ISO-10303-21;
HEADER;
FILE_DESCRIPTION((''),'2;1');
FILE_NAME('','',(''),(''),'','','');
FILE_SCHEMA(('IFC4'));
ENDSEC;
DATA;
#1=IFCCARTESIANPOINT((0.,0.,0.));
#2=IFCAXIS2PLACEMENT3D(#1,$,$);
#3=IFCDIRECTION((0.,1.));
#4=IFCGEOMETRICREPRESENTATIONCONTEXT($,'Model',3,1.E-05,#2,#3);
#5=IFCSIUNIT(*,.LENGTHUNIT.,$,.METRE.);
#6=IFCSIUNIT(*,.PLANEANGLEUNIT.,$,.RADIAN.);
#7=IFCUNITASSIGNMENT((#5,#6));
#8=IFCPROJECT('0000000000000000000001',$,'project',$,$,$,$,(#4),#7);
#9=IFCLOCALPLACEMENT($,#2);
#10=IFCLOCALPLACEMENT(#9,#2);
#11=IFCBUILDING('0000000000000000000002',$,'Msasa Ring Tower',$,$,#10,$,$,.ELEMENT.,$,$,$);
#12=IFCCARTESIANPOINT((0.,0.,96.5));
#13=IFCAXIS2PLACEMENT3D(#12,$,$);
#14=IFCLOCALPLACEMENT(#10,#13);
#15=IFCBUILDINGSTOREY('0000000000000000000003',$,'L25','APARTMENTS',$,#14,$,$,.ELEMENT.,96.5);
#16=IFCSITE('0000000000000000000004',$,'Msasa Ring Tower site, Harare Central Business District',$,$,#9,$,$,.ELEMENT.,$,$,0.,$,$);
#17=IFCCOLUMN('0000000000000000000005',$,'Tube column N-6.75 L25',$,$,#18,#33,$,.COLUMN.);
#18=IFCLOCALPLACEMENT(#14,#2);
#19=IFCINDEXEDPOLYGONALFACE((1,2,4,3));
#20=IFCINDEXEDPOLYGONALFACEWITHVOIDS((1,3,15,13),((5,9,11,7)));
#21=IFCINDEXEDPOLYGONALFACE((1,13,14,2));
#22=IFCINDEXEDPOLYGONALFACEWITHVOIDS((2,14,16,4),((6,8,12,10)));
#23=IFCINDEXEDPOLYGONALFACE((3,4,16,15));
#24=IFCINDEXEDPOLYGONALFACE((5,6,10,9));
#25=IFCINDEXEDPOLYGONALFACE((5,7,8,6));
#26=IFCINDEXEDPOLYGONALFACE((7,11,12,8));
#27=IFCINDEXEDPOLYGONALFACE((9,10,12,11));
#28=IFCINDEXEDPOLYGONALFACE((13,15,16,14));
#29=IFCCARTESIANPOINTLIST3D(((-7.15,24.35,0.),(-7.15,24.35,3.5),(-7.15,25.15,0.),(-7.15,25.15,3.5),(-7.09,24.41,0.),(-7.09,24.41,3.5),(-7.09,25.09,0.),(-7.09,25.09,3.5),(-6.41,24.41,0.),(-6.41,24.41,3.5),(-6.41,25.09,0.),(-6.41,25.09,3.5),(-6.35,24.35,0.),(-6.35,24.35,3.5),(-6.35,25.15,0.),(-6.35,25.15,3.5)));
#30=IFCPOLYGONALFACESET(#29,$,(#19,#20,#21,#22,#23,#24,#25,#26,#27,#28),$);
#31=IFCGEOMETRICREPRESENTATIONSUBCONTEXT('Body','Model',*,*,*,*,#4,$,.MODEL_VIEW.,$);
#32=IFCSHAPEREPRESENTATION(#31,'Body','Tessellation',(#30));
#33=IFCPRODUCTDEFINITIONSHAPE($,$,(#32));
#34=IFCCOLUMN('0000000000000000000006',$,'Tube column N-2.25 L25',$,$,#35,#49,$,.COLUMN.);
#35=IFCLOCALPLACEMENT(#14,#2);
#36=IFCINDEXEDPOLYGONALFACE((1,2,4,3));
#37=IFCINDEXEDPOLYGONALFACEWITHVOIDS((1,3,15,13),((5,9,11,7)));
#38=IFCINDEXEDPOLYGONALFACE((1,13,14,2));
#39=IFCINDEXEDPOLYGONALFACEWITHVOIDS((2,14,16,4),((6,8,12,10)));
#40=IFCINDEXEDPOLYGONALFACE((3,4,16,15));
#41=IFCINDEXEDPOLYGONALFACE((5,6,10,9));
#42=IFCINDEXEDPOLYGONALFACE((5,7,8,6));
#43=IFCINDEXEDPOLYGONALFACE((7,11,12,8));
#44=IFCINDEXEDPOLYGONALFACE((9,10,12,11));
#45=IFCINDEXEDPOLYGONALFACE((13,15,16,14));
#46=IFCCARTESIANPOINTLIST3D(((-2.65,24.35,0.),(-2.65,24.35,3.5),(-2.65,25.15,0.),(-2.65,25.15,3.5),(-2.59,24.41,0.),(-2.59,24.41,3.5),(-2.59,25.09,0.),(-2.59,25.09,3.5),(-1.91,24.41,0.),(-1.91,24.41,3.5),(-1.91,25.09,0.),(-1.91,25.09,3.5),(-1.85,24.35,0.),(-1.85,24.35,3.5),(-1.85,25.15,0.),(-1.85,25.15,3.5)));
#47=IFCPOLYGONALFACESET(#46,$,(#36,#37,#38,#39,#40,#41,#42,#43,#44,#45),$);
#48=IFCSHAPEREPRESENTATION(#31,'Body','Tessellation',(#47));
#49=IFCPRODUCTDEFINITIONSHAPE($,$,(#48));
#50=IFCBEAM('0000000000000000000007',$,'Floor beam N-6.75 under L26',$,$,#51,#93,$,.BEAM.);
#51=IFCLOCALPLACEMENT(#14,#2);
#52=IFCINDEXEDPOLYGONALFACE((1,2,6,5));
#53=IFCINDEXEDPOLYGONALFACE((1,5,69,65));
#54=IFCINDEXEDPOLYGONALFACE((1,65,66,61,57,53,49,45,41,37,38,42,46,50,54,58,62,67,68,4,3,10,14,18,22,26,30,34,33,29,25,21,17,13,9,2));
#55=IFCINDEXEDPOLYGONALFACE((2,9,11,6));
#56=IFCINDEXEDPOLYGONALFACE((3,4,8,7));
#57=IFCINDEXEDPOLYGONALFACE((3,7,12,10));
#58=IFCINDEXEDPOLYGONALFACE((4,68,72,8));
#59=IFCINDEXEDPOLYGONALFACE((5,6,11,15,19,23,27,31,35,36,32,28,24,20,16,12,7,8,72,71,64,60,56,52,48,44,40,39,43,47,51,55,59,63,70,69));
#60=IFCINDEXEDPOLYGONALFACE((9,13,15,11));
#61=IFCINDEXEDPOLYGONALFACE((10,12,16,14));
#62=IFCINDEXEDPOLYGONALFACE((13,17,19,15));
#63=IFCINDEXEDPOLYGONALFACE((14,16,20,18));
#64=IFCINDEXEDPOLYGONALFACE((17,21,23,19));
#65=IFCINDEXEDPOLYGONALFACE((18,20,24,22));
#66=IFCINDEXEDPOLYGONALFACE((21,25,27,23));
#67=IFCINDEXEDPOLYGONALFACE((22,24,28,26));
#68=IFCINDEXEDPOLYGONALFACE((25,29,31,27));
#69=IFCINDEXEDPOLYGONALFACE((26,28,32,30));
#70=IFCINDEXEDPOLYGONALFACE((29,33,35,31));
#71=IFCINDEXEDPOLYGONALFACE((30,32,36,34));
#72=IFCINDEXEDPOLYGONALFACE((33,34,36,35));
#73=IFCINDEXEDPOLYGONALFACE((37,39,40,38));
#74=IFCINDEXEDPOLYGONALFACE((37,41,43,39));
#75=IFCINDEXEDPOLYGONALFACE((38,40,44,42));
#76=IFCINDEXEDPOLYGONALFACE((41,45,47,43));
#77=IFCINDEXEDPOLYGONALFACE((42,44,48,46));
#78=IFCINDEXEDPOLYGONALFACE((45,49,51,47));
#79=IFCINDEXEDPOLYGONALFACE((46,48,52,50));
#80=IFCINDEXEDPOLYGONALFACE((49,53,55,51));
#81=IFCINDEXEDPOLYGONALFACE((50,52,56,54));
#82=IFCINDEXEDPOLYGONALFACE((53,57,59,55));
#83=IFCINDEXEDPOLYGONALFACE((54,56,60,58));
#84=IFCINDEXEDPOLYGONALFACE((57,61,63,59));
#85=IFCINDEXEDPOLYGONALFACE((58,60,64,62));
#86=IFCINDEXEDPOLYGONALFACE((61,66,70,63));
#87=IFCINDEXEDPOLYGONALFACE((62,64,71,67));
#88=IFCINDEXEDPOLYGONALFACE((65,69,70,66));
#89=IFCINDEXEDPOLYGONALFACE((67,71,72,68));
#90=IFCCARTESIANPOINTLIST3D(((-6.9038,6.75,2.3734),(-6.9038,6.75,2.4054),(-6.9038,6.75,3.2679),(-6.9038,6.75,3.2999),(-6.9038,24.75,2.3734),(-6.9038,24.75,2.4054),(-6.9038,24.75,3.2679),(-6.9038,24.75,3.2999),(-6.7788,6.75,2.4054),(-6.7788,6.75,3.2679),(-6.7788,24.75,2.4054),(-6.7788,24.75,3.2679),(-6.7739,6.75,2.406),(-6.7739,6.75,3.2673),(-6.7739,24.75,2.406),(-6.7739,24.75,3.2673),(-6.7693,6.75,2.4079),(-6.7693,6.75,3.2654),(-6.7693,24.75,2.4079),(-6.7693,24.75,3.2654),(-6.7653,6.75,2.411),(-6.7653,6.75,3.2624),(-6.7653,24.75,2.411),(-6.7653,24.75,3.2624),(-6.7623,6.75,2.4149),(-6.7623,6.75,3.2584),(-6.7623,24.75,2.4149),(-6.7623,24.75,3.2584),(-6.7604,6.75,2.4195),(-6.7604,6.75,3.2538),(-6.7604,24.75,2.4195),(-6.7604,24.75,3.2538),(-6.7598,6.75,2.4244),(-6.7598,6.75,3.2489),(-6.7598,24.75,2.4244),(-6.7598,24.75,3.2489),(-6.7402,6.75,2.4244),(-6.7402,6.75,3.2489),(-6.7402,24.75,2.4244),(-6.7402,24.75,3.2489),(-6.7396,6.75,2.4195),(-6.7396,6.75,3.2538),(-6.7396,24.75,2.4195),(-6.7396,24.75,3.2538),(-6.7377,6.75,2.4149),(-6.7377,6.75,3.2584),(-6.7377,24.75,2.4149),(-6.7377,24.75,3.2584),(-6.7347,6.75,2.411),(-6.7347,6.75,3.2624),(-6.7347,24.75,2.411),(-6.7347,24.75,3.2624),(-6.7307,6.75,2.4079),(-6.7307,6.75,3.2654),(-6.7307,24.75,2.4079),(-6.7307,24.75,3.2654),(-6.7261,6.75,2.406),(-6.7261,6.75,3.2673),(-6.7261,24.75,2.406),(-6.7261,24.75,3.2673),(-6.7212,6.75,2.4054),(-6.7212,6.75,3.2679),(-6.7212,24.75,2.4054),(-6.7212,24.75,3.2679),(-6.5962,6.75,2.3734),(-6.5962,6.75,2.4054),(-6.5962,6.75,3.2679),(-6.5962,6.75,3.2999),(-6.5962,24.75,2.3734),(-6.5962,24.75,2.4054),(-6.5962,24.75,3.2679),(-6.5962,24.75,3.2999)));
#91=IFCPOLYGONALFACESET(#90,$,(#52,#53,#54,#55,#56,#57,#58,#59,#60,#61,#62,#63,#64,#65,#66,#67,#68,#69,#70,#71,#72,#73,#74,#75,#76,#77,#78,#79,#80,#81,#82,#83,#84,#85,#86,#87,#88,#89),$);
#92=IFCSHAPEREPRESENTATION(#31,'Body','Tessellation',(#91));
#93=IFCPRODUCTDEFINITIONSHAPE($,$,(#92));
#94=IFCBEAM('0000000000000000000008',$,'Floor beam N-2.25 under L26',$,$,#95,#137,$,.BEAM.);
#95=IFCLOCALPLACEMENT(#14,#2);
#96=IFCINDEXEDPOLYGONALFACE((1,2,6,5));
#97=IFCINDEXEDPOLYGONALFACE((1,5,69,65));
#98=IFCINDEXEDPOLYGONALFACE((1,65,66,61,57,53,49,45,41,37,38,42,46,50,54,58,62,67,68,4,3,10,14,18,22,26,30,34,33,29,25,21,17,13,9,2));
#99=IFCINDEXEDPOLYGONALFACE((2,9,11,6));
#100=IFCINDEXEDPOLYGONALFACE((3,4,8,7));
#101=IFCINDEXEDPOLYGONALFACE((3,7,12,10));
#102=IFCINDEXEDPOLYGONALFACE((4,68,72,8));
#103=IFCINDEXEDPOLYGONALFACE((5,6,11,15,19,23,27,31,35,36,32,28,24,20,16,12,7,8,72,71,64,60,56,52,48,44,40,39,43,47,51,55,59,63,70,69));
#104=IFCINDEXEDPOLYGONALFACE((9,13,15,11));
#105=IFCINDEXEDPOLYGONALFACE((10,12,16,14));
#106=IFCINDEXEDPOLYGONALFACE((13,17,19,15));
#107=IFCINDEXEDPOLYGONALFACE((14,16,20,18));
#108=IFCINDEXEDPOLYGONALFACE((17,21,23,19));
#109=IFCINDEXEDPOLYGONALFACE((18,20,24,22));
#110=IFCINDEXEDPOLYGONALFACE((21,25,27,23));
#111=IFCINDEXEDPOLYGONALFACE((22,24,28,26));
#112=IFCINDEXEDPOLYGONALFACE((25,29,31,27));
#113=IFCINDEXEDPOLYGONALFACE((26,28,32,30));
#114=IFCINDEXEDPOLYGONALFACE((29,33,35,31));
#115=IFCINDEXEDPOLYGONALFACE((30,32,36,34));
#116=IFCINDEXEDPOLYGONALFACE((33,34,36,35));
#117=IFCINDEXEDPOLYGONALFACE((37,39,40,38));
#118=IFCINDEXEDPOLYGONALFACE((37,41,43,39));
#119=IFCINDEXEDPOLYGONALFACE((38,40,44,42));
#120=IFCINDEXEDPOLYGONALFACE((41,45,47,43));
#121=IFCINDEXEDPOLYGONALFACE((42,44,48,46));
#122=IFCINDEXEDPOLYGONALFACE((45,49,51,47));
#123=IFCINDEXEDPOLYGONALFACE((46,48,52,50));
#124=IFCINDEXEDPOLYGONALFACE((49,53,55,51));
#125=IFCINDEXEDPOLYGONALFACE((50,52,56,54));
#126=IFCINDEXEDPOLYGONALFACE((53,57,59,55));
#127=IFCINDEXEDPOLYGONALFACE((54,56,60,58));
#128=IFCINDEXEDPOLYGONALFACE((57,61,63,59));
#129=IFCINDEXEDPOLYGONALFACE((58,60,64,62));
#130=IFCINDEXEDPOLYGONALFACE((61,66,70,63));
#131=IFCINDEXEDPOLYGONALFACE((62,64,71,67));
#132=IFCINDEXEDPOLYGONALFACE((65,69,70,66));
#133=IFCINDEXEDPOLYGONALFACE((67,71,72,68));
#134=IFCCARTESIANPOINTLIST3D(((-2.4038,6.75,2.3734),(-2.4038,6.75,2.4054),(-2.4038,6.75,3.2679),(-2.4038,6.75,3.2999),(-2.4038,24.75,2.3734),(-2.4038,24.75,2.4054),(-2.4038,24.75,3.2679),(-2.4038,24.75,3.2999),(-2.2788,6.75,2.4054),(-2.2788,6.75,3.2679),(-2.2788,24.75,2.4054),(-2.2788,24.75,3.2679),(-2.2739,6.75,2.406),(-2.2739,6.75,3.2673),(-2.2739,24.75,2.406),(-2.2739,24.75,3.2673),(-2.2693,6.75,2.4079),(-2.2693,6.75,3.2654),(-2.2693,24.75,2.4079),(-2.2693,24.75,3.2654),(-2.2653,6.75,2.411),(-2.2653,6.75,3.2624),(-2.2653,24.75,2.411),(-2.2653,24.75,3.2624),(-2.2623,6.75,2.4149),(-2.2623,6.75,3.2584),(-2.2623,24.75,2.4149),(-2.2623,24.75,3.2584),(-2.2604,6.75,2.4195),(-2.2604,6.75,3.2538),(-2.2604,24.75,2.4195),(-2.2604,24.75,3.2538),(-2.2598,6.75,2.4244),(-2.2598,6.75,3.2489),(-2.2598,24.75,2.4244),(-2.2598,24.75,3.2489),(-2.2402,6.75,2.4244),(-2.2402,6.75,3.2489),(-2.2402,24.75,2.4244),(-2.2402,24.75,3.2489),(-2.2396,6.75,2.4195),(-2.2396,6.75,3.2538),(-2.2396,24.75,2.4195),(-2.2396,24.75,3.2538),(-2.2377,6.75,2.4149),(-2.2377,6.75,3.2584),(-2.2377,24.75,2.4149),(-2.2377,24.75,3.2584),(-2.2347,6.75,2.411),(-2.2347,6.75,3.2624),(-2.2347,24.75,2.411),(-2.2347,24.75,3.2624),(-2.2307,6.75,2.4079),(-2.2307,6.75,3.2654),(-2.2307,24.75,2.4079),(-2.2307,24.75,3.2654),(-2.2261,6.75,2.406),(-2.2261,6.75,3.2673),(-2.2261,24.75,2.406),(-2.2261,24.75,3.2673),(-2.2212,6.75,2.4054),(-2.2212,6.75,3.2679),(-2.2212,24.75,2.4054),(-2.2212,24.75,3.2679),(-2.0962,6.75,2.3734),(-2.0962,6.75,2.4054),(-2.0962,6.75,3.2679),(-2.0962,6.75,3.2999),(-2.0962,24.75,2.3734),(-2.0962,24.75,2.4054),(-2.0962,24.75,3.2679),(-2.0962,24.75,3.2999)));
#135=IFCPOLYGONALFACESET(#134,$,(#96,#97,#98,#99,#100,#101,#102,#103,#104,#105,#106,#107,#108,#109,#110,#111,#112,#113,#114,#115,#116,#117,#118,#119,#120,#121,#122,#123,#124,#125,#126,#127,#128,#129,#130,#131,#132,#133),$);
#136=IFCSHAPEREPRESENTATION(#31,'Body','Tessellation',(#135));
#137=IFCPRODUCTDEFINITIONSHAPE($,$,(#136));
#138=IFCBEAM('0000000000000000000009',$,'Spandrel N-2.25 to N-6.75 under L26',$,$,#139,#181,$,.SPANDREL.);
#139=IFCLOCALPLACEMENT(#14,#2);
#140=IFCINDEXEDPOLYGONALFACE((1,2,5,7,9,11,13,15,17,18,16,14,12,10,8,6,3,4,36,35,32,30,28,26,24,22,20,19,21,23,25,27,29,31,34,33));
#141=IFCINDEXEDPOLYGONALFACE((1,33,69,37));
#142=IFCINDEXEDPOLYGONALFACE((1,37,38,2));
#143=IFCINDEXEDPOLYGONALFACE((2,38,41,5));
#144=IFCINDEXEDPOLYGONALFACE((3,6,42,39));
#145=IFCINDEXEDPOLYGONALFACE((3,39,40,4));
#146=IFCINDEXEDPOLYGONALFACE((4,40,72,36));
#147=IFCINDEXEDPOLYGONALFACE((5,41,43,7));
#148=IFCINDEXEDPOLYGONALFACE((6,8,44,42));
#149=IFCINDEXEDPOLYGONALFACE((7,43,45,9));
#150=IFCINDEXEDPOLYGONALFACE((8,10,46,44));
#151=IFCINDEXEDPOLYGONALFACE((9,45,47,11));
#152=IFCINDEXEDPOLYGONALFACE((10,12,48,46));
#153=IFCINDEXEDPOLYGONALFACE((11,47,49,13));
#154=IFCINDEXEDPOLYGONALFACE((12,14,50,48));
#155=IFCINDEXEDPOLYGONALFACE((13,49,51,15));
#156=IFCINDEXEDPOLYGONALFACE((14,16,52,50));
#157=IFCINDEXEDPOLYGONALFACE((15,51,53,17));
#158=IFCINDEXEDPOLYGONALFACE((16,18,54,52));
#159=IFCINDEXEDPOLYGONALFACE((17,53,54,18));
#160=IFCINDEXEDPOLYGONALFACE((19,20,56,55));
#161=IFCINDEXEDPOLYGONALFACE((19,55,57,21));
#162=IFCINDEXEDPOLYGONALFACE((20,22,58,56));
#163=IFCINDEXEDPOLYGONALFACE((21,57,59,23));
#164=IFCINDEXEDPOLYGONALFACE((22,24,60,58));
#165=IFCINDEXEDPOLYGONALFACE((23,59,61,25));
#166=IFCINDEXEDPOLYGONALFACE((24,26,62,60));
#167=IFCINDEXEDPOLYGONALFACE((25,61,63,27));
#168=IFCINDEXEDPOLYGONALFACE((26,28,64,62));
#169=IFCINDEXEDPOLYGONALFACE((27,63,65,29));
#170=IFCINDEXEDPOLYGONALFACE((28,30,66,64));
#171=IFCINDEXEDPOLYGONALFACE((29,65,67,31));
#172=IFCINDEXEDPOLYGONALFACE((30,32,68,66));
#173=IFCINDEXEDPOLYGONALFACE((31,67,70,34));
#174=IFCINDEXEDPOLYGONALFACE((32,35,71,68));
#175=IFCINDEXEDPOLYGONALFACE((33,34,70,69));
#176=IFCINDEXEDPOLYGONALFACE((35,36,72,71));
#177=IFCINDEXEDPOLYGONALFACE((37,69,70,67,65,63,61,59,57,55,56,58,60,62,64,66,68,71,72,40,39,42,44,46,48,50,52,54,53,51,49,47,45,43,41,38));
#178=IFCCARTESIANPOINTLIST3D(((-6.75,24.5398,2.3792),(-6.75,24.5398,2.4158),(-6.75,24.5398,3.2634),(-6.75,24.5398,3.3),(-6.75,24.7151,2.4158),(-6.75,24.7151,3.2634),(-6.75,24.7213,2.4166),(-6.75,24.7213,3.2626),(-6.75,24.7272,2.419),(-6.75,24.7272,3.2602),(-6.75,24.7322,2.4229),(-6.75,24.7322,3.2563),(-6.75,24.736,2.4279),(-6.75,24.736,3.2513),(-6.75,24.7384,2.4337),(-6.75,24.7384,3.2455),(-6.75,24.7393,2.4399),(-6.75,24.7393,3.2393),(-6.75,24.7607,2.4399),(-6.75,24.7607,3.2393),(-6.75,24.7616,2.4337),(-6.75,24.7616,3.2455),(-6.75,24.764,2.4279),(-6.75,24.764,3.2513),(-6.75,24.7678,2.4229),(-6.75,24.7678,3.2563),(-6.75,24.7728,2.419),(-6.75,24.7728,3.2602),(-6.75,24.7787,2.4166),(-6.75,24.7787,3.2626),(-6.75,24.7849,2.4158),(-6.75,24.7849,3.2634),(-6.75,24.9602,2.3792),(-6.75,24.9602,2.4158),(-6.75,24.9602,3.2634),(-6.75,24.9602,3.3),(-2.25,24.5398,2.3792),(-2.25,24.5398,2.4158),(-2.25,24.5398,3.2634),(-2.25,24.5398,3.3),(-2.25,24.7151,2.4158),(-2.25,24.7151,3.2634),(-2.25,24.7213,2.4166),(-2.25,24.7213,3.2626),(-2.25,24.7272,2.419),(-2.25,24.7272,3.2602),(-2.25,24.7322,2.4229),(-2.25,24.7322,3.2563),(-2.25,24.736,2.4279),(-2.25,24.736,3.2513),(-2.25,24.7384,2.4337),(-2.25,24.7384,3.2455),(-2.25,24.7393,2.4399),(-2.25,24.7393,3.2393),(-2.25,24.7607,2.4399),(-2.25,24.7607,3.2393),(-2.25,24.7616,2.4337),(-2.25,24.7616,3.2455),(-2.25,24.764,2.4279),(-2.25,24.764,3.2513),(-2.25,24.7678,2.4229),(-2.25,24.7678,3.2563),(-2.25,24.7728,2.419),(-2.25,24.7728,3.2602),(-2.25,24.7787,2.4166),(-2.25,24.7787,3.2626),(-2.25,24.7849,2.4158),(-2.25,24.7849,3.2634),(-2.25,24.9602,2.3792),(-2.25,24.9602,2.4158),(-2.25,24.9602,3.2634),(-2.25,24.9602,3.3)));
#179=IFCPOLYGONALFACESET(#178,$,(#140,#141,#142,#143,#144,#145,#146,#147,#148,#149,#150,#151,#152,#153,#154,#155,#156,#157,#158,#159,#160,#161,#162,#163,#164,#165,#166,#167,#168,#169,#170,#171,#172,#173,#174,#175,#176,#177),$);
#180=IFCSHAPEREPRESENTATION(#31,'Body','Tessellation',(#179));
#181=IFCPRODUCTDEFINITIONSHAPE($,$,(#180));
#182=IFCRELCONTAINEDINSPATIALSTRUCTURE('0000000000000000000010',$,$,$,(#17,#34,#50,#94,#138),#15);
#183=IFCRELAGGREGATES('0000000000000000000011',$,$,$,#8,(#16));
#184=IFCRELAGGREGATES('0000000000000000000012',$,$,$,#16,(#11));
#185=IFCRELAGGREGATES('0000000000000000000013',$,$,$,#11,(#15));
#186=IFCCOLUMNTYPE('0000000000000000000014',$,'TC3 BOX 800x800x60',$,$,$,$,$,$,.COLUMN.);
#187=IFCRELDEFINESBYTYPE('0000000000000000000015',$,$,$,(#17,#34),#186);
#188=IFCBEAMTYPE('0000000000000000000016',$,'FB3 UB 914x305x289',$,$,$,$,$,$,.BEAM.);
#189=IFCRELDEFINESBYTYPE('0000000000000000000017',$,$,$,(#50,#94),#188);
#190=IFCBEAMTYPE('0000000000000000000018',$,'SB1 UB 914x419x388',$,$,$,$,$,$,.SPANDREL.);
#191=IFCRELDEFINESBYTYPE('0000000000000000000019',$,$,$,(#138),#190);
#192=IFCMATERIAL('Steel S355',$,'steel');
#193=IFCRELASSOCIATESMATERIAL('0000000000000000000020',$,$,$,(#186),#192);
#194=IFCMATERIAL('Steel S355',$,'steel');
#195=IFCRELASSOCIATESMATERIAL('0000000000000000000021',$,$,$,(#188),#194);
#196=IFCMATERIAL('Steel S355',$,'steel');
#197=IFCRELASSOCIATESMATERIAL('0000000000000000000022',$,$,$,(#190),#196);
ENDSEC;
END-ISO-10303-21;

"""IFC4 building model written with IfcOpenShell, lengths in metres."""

from ifc_helpers import new_model, si_unit, direction, frame, origin, origin_2d, place, context, subcontext, project, spatial, hollow_rectangle, i_section, extrude, material, material_profile, profile_set, type_object, element, save


model = new_model("IFC4")

# Units and contexts
model_context = context("Model", 3, precision=1e-05, world=origin(), true_north=direction((0.0, 1.0)))
body_context = subcontext(model_context, "Body", "Model", "MODEL_VIEW")
ifc_project = project(units=[si_unit("LENGTHUNIT", "METRE"), si_unit("PLANEANGLEUNIT", "RADIAN")], contexts=[model_context])

# Site, building, storey
site_placement = place(None, origin())
site = spatial("IfcSite", under=ifc_project, at=site_placement, Name="Msasa Ring Tower site, Harare Central Business District", CompositionType="ELEMENT", RefElevation=0.0)
building_placement = place(site_placement, origin())
building = spatial("IfcBuilding", under=site, at=building_placement, Name="Msasa Ring Tower", CompositionType="ELEMENT")
storey_placement = place(building_placement, frame((0.0, 0.0, 96.5)))
storey = spatial("IfcBuildingStorey", under=building, at=storey_placement, Name="L25", Description="APARTMENTS", CompositionType="ELEMENT", Elevation=96.5)

# Columns
ifc_material_1 = material(Name="Steel S355", Category="steel")
ifc_material_profile_1 = material_profile(ifc_material_1, hollow_rectangle(XDim=0.8, YDim=0.8, WallThickness=0.0601, at=origin_2d()), Name="BOX 800x800x60")
ifc_profile_set_1 = profile_set([ifc_material_profile_1], Name="Steel S355")
column_type = type_object("IfcColumnType", Name="TC3 BOX 800x800x60", PredefinedType="COLUMN", material=ifc_profile_set_1)
for number, where, z_axis, x_axis, name in (
    (1, (-6.75, 24.75, 0.0), (0.0, 0.0, 1.0), (0.0, 1.0, 0.0), "Tube column N-6.75 L25"),
    (2, (-2.25, 24.75, 0.0), (0.0, 0.0, 1.0), (0.0, 1.0, 0.0), "Tube column N-2.25 L25"),
):
    element("IfcColumn", number, at=place(storey_placement, frame(where, z_axis=z_axis, x_axis=x_axis)), inside=storey, type_object=column_type, Name=name, PredefinedType="COLUMN", context=body_context, shape_type="SweptSolid", body=[
        extrude(hollow_rectangle(XDim=0.8, YDim=0.8, WallThickness=0.0601, at=origin_2d()), origin(), (0.0, 0.0, 1.0), 3.5),
    ])

# Beams
ifc_material_2 = material(Name="Steel S355", Category="steel")
ifc_material_profile_2 = material_profile(ifc_material_2, i_section(OverallWidth=0.3076, OverallDepth=0.9265, WebThickness=0.0195, FlangeThickness=0.032, FilletRadius=0.019, at=origin_2d()), Name="UB 914x305x289")
ifc_profile_set_2 = profile_set([ifc_material_profile_2], Name="Steel S355")
beam_type_1 = type_object("IfcBeamType", Name="FB3 UB 914x305x289", PredefinedType="BEAM", material=ifc_profile_set_2)
for number, where, z_axis, x_axis, name in (
    (3, (-6.75, 24.75, 2.8367), (0.0, -1.0, 0.0), (1.0, 0.0, 0.0), "Floor beam N-6.75 under L26"),
    (4, (-2.25, 24.75, 2.8367), (0.0, -1.0, 0.0), (1.0, 0.0, 0.0), "Floor beam N-2.25 under L26"),
):
    element("IfcBeam", number, at=place(storey_placement, frame(where, z_axis=z_axis, x_axis=x_axis)), inside=storey, type_object=beam_type_1, Name=name, PredefinedType="BEAM", context=body_context, shape_type="SweptSolid", body=[
        extrude(i_section(OverallWidth=0.3076, OverallDepth=0.9265, WebThickness=0.0195, FlangeThickness=0.032, FilletRadius=0.019, at=origin_2d()), origin(), (0.0, 0.0, 1.0), 18.0),
    ])
ifc_material_3 = material(Name="Steel S355", Category="steel")
ifc_material_profile_3 = material_profile(ifc_material_3, i_section(OverallWidth=0.4204, OverallDepth=0.9209, WebThickness=0.0215, FlangeThickness=0.0366, FilletRadius=0.0242, at=origin_2d()), Name="UB 914x419x388")
ifc_profile_set_3 = profile_set([ifc_material_profile_3], Name="Steel S355")
beam_type_2 = type_object("IfcBeamType", Name="SB1 UB 914x419x388", PredefinedType="SPANDREL", material=ifc_profile_set_3)
for number, where, z_axis, x_axis, name in (
    (5, (-2.25, 24.75, 2.8396), (-1.0, 0.0, 0.0), (0.0, -1.0, 0.0), "Spandrel N-2.25 to N-6.75 under L26"),
):
    element("IfcBeam", number, at=place(storey_placement, frame(where, z_axis=z_axis, x_axis=x_axis)), inside=storey, type_object=beam_type_2, Name=name, PredefinedType="SPANDREL", context=body_context, shape_type="SweptSolid", body=[
        extrude(i_section(OverallWidth=0.4204, OverallDepth=0.9209, WebThickness=0.0215, FlangeThickness=0.0366, FilletRadius=0.0242, at=origin_2d()), origin(), (0.0, 0.0, 1.0), 4.5),
    ])

save(model, "model.ifc")
